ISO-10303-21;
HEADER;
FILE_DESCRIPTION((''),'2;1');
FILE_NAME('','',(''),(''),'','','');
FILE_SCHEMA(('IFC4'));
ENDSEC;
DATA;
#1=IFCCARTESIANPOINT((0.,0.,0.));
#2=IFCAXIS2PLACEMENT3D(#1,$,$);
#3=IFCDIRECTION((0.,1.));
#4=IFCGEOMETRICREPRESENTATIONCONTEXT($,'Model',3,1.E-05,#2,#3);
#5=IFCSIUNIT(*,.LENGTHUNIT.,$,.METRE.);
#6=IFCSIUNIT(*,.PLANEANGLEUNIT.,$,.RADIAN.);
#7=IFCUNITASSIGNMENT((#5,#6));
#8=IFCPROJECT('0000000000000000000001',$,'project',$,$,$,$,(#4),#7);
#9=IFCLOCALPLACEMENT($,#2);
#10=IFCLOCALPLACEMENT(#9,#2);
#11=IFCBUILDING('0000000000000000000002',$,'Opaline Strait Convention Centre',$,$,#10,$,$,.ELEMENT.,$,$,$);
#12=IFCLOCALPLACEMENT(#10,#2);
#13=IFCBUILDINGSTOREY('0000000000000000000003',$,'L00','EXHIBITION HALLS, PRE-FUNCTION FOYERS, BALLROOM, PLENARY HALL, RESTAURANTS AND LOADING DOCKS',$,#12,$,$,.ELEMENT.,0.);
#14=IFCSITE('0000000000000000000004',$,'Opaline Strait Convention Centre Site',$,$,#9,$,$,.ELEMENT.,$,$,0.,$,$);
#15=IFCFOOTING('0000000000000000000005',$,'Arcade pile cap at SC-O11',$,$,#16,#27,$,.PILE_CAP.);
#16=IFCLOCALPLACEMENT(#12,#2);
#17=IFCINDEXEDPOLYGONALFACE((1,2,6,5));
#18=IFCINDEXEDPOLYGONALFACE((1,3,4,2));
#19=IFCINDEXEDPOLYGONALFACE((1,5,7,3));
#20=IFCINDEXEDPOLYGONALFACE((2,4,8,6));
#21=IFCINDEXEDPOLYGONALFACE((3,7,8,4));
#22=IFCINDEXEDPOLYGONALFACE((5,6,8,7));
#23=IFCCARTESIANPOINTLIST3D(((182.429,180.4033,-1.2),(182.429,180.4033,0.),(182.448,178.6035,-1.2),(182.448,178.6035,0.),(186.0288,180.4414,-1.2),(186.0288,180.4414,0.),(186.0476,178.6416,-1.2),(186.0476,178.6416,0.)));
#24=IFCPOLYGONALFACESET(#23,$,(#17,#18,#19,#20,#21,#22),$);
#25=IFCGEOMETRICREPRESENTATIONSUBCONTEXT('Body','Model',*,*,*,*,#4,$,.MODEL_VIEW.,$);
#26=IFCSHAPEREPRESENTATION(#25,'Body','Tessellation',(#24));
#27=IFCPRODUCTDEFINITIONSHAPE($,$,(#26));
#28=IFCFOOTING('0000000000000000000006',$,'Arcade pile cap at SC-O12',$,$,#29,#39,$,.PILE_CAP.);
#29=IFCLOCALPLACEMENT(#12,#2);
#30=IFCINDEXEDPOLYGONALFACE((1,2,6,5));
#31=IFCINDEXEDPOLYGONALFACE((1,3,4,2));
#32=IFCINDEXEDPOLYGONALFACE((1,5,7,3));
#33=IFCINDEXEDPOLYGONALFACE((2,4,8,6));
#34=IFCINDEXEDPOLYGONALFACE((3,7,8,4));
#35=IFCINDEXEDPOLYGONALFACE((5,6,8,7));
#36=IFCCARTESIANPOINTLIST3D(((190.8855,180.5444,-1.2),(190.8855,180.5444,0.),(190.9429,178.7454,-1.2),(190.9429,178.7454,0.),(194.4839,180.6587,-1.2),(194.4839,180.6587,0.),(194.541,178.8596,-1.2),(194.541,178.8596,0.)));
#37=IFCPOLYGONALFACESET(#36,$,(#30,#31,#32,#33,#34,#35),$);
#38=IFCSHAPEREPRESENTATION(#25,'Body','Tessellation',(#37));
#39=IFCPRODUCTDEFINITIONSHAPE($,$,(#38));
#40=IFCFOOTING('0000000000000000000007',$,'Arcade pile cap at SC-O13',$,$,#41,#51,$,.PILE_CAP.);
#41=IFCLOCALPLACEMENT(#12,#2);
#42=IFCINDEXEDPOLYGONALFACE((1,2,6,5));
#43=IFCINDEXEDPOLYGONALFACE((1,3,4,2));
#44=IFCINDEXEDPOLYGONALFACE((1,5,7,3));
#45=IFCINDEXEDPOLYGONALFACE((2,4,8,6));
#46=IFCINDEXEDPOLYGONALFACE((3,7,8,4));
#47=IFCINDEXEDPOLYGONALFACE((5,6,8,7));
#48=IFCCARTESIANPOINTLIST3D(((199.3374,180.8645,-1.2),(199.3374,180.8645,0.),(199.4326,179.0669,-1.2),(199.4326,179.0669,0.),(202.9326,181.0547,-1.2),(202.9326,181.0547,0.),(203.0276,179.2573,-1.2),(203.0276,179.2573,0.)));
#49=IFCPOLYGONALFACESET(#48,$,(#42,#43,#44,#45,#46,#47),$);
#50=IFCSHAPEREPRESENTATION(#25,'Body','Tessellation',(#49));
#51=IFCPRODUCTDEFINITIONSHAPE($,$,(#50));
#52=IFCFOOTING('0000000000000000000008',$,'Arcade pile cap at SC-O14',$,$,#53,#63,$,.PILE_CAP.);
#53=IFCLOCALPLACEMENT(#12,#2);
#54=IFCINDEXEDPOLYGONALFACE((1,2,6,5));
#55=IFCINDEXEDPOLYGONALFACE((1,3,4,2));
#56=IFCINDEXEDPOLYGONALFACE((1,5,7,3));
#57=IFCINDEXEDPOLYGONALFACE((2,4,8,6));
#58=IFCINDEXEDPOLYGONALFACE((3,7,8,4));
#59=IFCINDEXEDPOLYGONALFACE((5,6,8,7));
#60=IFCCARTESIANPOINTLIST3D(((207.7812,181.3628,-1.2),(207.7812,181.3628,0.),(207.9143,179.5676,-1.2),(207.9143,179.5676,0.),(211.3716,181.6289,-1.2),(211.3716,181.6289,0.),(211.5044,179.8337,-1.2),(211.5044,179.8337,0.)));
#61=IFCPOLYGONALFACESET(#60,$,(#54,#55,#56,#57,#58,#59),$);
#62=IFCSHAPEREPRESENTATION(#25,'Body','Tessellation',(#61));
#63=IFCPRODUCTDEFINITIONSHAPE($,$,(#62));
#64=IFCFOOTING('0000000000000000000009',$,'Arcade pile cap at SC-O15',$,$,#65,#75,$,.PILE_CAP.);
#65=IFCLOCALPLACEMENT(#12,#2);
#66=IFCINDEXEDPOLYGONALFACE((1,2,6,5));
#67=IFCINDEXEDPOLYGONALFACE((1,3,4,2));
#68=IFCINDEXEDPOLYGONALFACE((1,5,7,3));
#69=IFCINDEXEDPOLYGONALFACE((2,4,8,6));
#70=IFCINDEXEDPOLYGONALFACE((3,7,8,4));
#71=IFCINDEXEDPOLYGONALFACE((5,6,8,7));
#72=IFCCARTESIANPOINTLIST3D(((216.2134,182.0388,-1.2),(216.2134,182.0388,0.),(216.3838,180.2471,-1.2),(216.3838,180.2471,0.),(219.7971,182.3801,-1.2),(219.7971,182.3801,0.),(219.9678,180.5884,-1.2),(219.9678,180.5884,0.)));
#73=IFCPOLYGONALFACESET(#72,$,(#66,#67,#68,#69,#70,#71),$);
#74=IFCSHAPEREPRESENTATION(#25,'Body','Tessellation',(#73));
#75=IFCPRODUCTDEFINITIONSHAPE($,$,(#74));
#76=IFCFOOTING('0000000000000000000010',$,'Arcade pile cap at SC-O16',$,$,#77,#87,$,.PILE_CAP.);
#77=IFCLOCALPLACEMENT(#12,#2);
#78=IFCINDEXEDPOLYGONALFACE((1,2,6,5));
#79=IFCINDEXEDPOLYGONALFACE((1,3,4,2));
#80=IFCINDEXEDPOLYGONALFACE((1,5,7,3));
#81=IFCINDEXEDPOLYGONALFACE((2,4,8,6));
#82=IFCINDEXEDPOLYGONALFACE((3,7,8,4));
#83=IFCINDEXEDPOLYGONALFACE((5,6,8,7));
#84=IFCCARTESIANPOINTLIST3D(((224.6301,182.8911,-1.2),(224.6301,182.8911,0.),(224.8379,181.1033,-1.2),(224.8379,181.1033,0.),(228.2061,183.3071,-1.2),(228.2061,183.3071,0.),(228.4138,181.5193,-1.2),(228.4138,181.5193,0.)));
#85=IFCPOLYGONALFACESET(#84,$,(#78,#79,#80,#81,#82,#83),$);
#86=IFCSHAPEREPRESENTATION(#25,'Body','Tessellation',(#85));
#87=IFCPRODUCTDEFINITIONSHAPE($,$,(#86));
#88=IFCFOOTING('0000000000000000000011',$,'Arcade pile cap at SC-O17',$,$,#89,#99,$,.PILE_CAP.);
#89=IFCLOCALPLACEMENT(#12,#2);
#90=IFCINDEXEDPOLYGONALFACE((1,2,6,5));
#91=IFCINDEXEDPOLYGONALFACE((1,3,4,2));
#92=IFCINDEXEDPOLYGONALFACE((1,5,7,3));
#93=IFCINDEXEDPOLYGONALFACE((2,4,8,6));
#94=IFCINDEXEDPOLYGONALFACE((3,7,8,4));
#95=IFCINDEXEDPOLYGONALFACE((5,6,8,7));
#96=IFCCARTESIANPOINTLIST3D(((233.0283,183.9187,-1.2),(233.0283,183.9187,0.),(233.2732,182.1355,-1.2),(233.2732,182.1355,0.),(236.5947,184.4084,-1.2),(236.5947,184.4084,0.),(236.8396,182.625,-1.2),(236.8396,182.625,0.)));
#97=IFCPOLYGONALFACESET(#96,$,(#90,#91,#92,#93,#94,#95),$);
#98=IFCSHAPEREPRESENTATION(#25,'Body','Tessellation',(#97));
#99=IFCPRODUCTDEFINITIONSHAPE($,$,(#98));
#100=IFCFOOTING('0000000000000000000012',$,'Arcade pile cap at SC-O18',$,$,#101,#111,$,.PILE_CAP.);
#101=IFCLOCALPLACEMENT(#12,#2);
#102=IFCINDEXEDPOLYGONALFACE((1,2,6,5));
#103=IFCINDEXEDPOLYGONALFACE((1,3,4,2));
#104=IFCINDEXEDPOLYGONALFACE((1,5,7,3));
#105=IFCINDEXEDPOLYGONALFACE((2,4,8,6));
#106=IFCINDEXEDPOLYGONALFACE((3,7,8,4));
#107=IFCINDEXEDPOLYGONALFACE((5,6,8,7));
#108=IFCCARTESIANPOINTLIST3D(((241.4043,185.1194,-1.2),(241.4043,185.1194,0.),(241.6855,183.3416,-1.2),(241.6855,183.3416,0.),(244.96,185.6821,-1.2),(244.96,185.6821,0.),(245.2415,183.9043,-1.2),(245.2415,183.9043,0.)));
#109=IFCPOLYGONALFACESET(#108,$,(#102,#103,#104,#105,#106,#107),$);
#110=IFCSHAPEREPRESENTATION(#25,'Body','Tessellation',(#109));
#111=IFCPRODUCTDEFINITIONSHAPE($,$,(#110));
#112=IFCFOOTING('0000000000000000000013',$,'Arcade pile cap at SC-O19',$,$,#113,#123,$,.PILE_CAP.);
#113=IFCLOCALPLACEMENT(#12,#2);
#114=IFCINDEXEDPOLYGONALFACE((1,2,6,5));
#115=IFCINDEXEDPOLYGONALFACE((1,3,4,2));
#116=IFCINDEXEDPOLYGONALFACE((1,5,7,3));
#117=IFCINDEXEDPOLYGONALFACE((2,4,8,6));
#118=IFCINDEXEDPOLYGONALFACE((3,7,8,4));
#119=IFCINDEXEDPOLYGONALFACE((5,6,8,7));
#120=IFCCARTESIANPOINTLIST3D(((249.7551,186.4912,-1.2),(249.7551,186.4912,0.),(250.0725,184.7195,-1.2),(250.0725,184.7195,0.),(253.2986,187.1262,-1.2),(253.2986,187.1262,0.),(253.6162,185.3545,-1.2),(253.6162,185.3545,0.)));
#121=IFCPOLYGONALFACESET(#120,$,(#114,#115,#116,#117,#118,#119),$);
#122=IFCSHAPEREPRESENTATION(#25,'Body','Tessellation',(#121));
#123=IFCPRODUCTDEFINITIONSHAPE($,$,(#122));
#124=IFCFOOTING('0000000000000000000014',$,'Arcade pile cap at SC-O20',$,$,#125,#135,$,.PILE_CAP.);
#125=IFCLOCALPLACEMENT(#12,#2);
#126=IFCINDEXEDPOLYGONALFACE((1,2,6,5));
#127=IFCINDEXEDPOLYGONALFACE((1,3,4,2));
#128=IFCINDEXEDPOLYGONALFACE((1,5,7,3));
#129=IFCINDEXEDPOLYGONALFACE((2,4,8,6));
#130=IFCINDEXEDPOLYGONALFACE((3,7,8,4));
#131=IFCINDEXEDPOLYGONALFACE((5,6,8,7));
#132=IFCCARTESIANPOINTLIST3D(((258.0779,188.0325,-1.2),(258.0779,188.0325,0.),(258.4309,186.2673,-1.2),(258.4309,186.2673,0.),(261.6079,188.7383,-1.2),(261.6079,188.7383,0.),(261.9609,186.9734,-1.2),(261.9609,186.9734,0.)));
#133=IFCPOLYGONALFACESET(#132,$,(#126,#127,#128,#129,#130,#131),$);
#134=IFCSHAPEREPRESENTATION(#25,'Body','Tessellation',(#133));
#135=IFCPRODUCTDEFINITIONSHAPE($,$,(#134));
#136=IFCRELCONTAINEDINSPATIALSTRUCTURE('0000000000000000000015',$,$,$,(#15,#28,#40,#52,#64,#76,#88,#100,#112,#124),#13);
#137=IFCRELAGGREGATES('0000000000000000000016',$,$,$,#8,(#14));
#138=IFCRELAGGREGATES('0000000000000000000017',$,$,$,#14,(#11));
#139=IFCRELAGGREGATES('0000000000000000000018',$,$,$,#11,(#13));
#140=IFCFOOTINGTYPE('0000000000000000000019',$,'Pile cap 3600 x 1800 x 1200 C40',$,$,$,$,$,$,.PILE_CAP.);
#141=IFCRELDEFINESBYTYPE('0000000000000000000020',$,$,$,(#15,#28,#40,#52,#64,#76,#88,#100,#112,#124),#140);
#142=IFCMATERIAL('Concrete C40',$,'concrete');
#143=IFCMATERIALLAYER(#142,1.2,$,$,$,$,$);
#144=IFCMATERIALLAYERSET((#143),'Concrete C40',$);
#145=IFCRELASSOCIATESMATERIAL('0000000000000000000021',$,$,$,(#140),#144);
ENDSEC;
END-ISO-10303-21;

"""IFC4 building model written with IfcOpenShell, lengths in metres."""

from ifc_helpers import new_model, si_unit, direction, frame, origin, place, context, subcontext, project, spatial, polyline, outline, extrude, material, layer, layer_set, type_object, element, save


model = new_model("IFC4")

# Units and contexts
model_context = context("Model", 3, precision=1e-05, world=origin(), true_north=direction((0.0, 1.0)))
body_context = subcontext(model_context, "Body", "Model", "MODEL_VIEW")
ifc_project = project(units=[si_unit("LENGTHUNIT", "METRE"), si_unit("PLANEANGLEUNIT", "RADIAN")], contexts=[model_context])

# Site, building, storey
site_placement = place(None, origin())
site = spatial("IfcSite", under=ifc_project, at=site_placement, Name="Opaline Strait Convention Centre Site", CompositionType="ELEMENT", RefElevation=0.0)
building_placement = place(site_placement, origin())
building = spatial("IfcBuilding", under=site, at=building_placement, Name="Opaline Strait Convention Centre", CompositionType="ELEMENT")
storey_placement = place(building_placement, origin())
storey = spatial("IfcBuildingStorey", under=building, at=storey_placement, Name="L00", Description="EXHIBITION HALLS, PRE-FUNCTION FOYERS, BALLROOM, PLENARY HALL, RESTAURANTS AND LOADING DOCKS", CompositionType="ELEMENT", Elevation=0.0)

# Footings
ifc_material = material(Name="Concrete C40", Category="concrete")
ifc_layer = layer(ifc_material, 1.2)
ifc_layer_set = layer_set([ifc_layer], Name="Concrete C40")
footing_type = type_object("IfcFootingType", Name="Pile cap 3600 x 1800 x 1200 C40", PredefinedType="PILE_CAP", material=ifc_layer_set)
footing_1_placement = place(storey_placement, frame((0.0, 0.0, -1.2)))
element("IfcFooting", 1, at=footing_1_placement, inside=storey, type_object=footing_type, Name="Arcade pile cap at SC-O11", PredefinedType="PILE_CAP", context=body_context, shape_type="SweptSolid", body=[
    extrude(outline(polyline([(182.448, 178.6035), (186.0476, 178.6416), (186.0288, 180.4414), (182.429, 180.4033), (182.448, 178.6035)])), origin(), (0.0, 0.0, 1.0), 1.2),
])
footing_2_placement = place(storey_placement, frame((0.0, 0.0, -1.2)))
element("IfcFooting", 2, at=footing_2_placement, inside=storey, type_object=footing_type, Name="Arcade pile cap at SC-O12", PredefinedType="PILE_CAP", context=body_context, shape_type="SweptSolid", body=[
    extrude(outline(polyline([(190.9429, 178.7454), (194.541, 178.8596), (194.4839, 180.6587), (190.8855, 180.5444), (190.9429, 178.7454)])), origin(), (0.0, 0.0, 1.0), 1.2),
])
footing_3_placement = place(storey_placement, frame((0.0, 0.0, -1.2)))
element("IfcFooting", 3, at=footing_3_placement, inside=storey, type_object=footing_type, Name="Arcade pile cap at SC-O13", PredefinedType="PILE_CAP", context=body_context, shape_type="SweptSolid", body=[
    extrude(outline(polyline([(199.4326, 179.0669), (203.0276, 179.2573), (202.9326, 181.0547), (199.3374, 180.8645), (199.4326, 179.0669)])), origin(), (0.0, 0.0, 1.0), 1.2),
])
footing_4_placement = place(storey_placement, frame((0.0, 0.0, -1.2)))
element("IfcFooting", 4, at=footing_4_placement, inside=storey, type_object=footing_type, Name="Arcade pile cap at SC-O14", PredefinedType="PILE_CAP", context=body_context, shape_type="SweptSolid", body=[
    extrude(outline(polyline([(207.9143, 179.5676), (211.5044, 179.8337), (211.3716, 181.6289), (207.7812, 181.3628), (207.9143, 179.5676)])), origin(), (0.0, 0.0, 1.0), 1.2),
])
footing_5_placement = place(storey_placement, frame((0.0, 0.0, -1.2)))
element("IfcFooting", 5, at=footing_5_placement, inside=storey, type_object=footing_type, Name="Arcade pile cap at SC-O15", PredefinedType="PILE_CAP", context=body_context, shape_type="SweptSolid", body=[
    extrude(outline(polyline([(216.3838, 180.2471), (219.9678, 180.5884), (219.7971, 182.3801), (216.2134, 182.0388), (216.3838, 180.2471)])), origin(), (0.0, 0.0, 1.0), 1.2),
])
footing_6_placement = place(storey_placement, frame((0.0, 0.0, -1.2)))
element("IfcFooting", 6, at=footing_6_placement, inside=storey, type_object=footing_type, Name="Arcade pile cap at SC-O16", PredefinedType="PILE_CAP", context=body_context, shape_type="SweptSolid", body=[
    extrude(outline(polyline([(224.8379, 181.1033), (228.4138, 181.5193), (228.2061, 183.3071), (224.6301, 182.8911), (224.8379, 181.1033)])), origin(), (0.0, 0.0, 1.0), 1.2),
])
footing_7_placement = place(storey_placement, frame((0.0, 0.0, -1.2)))
element("IfcFooting", 7, at=footing_7_placement, inside=storey, type_object=footing_type, Name="Arcade pile cap at SC-O17", PredefinedType="PILE_CAP", context=body_context, shape_type="SweptSolid", body=[
    extrude(outline(polyline([(233.2732, 182.1355), (236.8396, 182.625), (236.5947, 184.4084), (233.0283, 183.9187), (233.2732, 182.1355)])), origin(), (0.0, 0.0, 1.0), 1.2),
])
footing_8_placement = place(storey_placement, frame((0.0, 0.0, -1.2)))
element("IfcFooting", 8, at=footing_8_placement, inside=storey, type_object=footing_type, Name="Arcade pile cap at SC-O18", PredefinedType="PILE_CAP", context=body_context, shape_type="SweptSolid", body=[
    extrude(outline(polyline([(241.6855, 183.3416), (245.2415, 183.9043), (244.96, 185.6821), (241.4043, 185.1194), (241.6855, 183.3416)])), origin(), (0.0, 0.0, 1.0), 1.2),
])
footing_9_placement = place(storey_placement, frame((0.0, 0.0, -1.2)))
element("IfcFooting", 9, at=footing_9_placement, inside=storey, type_object=footing_type, Name="Arcade pile cap at SC-O19", PredefinedType="PILE_CAP", context=body_context, shape_type="SweptSolid", body=[
    extrude(outline(polyline([(250.0725, 184.7195), (253.6162, 185.3545), (253.2986, 187.1262), (249.7551, 186.4912), (250.0725, 184.7195)])), origin(), (0.0, 0.0, 1.0), 1.2),
])
footing_10_placement = place(storey_placement, frame((0.0, 0.0, -1.2)))
element("IfcFooting", 10, at=footing_10_placement, inside=storey, type_object=footing_type, Name="Arcade pile cap at SC-O20", PredefinedType="PILE_CAP", context=body_context, shape_type="SweptSolid", body=[
    extrude(outline(polyline([(258.4309, 186.2673), (261.9609, 186.9734), (261.6079, 188.7383), (258.0779, 188.0325), (258.4309, 186.2673)])), origin(), (0.0, 0.0, 1.0), 1.2),
])

save(model, "model.ifc")
